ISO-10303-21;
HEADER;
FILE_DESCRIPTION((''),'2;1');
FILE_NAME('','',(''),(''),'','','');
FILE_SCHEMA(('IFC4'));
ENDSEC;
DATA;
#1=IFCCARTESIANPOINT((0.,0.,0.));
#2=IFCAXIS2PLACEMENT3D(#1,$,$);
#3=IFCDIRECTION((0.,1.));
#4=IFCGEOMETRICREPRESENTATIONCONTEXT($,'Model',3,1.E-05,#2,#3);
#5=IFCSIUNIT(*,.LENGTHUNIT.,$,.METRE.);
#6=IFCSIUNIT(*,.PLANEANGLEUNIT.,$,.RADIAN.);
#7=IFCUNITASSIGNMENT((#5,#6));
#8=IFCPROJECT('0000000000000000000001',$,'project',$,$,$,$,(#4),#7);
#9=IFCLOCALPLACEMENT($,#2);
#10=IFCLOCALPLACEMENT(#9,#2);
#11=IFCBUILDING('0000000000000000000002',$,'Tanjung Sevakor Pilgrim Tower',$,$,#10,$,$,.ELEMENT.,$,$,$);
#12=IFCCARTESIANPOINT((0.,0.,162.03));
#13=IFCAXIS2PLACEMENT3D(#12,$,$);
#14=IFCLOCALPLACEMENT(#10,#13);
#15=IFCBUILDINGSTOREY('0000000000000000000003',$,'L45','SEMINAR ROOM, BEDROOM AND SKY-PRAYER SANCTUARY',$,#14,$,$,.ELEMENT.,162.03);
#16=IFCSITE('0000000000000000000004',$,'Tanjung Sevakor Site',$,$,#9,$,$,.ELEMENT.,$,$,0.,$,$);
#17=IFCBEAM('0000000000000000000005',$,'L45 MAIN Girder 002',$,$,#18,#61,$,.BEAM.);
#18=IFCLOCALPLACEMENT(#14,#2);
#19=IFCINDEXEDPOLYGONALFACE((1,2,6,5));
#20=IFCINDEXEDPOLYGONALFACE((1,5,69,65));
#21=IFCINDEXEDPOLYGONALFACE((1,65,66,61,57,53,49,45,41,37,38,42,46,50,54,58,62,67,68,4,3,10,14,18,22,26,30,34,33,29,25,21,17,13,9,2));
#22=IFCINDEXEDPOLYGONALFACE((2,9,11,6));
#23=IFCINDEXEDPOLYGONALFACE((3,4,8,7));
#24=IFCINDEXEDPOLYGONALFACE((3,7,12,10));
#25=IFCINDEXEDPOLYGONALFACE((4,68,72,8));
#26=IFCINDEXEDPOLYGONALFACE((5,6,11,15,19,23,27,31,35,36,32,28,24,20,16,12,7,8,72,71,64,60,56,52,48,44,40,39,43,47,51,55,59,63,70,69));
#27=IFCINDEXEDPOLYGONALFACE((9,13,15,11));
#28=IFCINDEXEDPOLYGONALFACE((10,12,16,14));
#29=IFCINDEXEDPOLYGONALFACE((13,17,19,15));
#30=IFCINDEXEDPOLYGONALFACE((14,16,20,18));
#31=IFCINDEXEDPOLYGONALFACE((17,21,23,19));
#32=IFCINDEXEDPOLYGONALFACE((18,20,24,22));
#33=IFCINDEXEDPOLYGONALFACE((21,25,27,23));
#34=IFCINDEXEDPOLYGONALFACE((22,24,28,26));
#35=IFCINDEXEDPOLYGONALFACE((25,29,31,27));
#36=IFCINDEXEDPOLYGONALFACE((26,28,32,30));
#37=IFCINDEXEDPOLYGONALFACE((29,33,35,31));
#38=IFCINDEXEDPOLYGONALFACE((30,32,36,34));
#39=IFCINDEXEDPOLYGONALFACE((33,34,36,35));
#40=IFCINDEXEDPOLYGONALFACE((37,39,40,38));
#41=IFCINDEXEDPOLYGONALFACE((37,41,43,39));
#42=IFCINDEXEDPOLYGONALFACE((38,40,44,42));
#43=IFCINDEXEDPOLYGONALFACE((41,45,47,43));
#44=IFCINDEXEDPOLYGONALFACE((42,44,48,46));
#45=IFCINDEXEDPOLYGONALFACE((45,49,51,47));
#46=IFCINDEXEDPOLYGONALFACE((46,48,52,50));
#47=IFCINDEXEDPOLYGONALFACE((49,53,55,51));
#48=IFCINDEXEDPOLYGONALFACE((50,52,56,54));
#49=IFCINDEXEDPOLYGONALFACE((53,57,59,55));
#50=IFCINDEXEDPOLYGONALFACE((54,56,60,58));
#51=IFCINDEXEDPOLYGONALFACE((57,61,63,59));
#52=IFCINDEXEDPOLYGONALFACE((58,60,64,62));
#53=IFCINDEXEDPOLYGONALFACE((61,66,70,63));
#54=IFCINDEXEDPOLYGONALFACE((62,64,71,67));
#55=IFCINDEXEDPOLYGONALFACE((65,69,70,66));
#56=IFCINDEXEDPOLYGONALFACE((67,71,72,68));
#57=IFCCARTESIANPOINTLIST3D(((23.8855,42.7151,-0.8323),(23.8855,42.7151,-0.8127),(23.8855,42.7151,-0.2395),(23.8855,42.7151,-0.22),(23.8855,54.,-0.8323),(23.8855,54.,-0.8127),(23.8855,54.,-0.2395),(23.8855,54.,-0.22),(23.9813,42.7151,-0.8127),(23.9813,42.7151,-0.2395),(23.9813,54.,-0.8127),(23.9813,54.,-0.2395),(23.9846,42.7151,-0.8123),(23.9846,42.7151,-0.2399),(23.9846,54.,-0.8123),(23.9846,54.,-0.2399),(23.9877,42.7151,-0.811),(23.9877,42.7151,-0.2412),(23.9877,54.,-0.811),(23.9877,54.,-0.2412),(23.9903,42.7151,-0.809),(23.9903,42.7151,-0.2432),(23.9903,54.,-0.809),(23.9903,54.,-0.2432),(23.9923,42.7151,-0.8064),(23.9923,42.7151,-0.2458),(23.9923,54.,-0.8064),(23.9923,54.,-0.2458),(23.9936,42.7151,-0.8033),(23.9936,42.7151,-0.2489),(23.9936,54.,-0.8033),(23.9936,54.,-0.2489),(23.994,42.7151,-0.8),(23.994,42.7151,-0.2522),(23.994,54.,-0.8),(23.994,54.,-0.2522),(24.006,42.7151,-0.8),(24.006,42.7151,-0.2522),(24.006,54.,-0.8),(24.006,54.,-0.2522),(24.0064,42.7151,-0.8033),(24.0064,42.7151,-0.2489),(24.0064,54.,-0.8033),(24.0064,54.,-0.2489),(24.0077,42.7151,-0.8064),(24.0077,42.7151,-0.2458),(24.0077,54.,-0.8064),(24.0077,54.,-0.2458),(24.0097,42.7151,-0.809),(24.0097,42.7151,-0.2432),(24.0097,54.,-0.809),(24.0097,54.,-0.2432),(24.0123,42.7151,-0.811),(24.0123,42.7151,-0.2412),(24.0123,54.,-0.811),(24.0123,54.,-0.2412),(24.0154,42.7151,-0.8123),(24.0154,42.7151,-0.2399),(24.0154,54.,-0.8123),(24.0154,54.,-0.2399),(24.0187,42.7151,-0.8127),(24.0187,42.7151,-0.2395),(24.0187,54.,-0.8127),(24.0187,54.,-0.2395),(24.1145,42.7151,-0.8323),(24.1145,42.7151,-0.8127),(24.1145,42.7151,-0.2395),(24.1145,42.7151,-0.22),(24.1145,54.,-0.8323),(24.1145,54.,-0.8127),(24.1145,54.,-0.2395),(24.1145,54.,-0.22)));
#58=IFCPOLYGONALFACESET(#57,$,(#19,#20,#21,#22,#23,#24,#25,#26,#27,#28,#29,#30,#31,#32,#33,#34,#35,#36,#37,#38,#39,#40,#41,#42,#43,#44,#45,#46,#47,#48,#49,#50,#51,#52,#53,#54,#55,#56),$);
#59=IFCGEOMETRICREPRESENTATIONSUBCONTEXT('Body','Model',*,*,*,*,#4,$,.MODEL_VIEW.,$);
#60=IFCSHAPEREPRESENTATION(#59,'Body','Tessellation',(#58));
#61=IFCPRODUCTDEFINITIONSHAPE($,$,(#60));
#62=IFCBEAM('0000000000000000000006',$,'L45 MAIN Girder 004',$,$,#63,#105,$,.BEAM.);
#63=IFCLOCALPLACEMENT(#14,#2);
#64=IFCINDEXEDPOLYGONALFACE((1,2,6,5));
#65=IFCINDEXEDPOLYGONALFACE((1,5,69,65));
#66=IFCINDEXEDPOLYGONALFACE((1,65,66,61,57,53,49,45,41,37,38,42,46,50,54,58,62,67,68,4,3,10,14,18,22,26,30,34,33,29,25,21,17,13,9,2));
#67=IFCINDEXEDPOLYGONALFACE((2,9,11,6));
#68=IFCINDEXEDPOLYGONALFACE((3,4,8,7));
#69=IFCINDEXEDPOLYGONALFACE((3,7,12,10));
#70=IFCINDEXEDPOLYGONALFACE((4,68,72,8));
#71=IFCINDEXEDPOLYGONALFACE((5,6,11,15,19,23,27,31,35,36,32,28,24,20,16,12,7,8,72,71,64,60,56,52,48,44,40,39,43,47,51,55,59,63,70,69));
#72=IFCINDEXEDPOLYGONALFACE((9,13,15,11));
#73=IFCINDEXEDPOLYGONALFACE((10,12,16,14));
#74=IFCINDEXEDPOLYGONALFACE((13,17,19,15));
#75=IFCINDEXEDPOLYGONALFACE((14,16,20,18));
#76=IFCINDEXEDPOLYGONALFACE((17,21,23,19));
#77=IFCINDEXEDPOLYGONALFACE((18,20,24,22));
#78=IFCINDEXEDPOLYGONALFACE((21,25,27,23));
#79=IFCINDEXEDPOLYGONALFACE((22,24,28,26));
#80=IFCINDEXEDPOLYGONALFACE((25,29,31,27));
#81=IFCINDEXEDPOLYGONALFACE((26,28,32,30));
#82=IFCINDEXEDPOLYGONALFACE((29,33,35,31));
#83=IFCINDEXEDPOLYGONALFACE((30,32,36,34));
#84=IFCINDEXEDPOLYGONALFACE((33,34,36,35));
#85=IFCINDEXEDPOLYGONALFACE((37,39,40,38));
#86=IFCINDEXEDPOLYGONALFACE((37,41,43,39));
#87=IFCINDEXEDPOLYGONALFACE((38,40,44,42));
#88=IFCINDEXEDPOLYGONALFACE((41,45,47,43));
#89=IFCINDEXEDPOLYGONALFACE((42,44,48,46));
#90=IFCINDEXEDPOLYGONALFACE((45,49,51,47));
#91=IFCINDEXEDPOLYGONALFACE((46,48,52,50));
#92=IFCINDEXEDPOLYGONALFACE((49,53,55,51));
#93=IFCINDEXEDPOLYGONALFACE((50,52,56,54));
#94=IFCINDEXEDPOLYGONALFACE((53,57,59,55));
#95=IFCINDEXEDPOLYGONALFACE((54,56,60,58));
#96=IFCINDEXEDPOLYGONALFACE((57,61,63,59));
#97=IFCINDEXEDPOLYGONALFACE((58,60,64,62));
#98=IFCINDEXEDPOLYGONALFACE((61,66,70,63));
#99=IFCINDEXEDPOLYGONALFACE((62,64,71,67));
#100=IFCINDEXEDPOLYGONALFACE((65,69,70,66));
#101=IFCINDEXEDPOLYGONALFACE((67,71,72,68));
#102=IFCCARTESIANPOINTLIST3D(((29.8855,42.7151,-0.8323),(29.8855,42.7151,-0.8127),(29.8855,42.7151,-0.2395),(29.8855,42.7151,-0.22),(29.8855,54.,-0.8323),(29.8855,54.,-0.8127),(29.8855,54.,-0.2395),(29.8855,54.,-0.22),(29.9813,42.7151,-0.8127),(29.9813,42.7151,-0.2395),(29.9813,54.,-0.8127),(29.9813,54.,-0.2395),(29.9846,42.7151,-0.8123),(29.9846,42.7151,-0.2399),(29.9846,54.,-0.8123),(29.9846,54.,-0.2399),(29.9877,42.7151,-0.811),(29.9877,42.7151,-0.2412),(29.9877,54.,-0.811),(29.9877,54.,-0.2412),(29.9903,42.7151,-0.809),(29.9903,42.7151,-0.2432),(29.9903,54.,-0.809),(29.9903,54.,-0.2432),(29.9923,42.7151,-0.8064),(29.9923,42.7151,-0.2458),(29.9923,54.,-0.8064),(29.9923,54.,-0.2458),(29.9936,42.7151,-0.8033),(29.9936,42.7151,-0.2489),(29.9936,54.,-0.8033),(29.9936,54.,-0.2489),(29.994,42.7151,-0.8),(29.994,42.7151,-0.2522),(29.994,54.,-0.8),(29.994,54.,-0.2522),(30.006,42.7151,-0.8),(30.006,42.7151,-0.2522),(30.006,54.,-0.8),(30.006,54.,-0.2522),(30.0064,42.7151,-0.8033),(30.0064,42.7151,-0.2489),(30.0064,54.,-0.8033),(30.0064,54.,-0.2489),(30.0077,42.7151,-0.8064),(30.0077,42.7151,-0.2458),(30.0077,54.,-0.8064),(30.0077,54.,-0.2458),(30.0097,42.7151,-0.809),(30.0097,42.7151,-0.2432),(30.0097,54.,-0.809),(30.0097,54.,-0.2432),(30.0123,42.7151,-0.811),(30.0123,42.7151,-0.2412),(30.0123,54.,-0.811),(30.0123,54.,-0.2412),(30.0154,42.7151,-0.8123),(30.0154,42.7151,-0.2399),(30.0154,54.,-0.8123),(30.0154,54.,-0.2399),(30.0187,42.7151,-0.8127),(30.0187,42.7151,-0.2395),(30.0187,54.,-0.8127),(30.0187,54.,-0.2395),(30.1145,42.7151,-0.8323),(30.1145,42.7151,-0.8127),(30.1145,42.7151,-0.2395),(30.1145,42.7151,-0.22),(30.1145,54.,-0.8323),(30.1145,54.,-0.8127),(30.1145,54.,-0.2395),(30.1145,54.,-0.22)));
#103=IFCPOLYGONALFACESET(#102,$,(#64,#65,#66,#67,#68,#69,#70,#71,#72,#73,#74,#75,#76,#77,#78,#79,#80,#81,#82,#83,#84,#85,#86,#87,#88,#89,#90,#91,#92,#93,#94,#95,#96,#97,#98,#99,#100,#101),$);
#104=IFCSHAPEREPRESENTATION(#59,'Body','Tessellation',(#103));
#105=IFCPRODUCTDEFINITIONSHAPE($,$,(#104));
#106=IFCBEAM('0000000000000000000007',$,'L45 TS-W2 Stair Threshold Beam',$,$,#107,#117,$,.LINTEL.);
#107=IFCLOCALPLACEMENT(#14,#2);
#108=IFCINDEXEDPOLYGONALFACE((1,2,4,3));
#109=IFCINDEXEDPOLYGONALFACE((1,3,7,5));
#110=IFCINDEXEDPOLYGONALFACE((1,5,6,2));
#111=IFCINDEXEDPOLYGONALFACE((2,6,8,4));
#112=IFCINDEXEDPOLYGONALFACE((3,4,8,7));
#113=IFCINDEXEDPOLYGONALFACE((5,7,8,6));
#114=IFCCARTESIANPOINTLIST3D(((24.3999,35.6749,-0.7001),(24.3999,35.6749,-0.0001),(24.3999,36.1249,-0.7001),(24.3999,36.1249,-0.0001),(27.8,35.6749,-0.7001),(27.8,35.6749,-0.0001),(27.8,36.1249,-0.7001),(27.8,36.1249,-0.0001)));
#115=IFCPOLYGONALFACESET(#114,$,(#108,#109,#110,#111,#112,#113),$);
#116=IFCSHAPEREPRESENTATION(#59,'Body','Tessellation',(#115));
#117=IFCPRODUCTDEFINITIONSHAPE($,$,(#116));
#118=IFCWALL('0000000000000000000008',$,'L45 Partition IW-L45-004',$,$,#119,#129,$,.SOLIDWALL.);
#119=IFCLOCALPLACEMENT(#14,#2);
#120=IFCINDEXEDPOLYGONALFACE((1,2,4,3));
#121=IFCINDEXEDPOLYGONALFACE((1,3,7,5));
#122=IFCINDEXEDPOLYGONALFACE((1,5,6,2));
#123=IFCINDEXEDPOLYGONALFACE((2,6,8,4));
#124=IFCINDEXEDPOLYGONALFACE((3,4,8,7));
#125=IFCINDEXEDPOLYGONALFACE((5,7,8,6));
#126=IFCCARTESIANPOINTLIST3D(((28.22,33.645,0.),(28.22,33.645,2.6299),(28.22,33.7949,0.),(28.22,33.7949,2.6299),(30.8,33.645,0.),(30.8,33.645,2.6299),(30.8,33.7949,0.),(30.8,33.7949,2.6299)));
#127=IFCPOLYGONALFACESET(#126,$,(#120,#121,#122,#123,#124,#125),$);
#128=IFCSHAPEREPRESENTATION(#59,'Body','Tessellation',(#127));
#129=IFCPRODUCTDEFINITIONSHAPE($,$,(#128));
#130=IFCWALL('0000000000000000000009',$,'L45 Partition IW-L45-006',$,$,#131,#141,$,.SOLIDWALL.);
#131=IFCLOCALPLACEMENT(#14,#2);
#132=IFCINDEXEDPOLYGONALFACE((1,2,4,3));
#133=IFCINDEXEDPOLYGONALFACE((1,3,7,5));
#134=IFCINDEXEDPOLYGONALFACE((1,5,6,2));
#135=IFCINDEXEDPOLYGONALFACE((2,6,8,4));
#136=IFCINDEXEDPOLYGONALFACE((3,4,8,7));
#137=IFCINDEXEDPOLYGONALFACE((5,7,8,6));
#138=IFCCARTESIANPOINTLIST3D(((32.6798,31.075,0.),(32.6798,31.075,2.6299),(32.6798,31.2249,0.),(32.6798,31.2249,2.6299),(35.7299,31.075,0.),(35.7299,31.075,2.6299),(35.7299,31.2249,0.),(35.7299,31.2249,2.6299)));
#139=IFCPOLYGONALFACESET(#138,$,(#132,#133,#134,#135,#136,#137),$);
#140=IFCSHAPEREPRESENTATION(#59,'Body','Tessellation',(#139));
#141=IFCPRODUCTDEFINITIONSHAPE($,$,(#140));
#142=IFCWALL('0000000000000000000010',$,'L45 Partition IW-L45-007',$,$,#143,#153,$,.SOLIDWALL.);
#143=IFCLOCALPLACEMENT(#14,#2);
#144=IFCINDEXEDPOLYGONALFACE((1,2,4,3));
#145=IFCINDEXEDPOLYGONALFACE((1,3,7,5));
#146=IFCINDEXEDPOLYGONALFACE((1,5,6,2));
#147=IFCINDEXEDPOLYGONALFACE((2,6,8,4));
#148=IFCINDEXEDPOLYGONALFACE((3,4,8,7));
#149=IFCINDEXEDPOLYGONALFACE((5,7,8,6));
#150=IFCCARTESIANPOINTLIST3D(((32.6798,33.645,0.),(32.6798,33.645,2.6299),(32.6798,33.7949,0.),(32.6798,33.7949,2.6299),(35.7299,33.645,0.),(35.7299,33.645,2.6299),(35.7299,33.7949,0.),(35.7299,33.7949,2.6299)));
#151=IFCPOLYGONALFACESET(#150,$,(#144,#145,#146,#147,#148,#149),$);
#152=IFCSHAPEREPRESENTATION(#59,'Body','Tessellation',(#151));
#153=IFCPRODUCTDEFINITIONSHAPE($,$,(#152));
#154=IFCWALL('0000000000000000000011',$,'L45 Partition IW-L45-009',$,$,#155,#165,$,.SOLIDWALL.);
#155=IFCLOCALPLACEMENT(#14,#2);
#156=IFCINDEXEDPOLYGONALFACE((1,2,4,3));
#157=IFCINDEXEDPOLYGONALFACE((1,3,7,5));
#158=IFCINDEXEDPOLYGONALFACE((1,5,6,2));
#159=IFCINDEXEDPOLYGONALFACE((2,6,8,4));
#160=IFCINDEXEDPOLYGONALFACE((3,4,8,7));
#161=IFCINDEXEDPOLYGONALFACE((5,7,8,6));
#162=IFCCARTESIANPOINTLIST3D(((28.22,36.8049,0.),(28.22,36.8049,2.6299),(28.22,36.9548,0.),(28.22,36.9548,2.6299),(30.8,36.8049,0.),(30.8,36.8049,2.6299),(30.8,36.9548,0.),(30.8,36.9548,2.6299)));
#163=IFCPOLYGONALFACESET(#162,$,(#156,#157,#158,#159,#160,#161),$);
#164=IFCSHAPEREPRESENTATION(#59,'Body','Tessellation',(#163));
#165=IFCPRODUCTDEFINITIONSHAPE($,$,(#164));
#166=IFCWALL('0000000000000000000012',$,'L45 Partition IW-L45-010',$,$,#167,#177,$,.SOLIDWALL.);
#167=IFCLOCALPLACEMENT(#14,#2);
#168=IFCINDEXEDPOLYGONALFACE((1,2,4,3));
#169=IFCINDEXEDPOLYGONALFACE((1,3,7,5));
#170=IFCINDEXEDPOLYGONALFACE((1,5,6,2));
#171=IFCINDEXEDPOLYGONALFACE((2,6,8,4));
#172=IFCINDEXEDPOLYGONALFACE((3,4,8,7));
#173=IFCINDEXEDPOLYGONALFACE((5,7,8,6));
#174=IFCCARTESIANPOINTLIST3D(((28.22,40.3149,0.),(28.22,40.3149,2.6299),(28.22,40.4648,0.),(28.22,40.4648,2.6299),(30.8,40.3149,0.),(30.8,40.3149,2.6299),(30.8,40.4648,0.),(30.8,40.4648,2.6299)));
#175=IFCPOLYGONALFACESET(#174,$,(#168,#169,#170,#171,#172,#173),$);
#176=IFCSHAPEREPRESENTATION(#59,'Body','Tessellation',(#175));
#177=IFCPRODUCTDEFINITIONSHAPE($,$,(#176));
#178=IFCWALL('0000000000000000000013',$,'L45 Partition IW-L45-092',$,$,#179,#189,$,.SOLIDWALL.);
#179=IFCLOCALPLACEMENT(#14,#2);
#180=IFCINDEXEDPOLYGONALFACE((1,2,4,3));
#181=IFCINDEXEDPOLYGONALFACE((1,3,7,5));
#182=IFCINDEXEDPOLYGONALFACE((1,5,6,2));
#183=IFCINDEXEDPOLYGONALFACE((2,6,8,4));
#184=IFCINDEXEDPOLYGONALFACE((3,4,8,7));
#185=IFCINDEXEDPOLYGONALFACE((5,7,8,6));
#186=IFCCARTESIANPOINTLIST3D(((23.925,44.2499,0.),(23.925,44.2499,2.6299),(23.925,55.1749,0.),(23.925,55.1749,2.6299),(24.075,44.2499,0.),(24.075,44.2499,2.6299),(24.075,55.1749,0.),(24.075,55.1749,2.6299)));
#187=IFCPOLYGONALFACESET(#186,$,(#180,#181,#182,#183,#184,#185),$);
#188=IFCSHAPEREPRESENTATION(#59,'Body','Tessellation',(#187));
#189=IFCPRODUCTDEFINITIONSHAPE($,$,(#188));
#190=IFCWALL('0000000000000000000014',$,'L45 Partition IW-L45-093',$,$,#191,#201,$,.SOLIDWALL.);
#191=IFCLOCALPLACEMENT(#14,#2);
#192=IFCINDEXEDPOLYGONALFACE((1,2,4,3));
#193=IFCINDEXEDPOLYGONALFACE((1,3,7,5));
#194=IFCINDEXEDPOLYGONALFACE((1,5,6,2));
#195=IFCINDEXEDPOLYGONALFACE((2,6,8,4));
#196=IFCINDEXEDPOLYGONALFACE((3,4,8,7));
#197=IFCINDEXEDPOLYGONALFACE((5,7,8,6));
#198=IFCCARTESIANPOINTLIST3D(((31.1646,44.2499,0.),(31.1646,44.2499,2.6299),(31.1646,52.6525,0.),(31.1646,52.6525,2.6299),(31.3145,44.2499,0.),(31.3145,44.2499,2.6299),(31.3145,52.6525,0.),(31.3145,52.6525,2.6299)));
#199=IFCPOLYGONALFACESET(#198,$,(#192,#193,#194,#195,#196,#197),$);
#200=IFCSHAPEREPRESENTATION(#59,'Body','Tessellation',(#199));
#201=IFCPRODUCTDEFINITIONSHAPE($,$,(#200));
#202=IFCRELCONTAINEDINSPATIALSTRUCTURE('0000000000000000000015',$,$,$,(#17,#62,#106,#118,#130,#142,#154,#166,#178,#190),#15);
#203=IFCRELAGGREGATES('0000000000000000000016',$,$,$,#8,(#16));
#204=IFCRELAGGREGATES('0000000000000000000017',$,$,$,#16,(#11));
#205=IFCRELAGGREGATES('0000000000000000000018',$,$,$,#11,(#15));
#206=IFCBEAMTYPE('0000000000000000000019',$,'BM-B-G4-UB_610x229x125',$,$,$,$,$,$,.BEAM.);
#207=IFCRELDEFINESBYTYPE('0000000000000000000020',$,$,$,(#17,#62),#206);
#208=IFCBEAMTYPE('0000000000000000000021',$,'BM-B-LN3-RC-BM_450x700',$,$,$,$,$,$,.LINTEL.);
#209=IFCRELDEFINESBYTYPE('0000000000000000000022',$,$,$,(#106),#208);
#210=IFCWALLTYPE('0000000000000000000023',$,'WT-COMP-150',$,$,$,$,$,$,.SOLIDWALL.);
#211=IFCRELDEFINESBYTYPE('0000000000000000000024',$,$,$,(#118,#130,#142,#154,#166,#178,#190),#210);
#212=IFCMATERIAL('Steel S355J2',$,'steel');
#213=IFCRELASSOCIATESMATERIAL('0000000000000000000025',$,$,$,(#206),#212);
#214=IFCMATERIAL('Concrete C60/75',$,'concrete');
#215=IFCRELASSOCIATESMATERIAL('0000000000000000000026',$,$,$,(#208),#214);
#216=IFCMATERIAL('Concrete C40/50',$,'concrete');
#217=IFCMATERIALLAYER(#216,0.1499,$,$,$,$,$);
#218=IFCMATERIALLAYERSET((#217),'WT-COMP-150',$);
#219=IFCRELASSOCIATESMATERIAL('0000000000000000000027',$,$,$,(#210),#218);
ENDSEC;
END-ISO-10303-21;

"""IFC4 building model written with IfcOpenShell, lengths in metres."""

from ifc_helpers import new_model, si_unit, direction, frame, frame_2d, origin, origin_2d, place, context, subcontext, project, spatial, rectangle, i_section, extrude, material, layer, layer_set, material_profile, profile_set, type_object, element, save


model = new_model("IFC4")

# Units and contexts
model_context = context("Model", 3, precision=1e-05, world=origin(), true_north=direction((0.0, 1.0)))
body_context = subcontext(model_context, "Body", "Model", "MODEL_VIEW")
ifc_project = project(units=[si_unit("LENGTHUNIT", "METRE"), si_unit("PLANEANGLEUNIT", "RADIAN")], contexts=[model_context])

# Site, building, storey
site_placement = place(None, origin())
site = spatial("IfcSite", under=ifc_project, at=site_placement, Name="Tanjung Sevakor Site", CompositionType="ELEMENT", RefElevation=0.0)
building_placement = place(site_placement, origin())
building = spatial("IfcBuilding", under=site, at=building_placement, Name="Tanjung Sevakor Pilgrim Tower", CompositionType="ELEMENT")
storey_placement = place(building_placement, frame((0.0, 0.0, 162.03)))
storey = spatial("IfcBuildingStorey", under=building, at=storey_placement, Name="L45", Description="SEMINAR ROOM, BEDROOM AND SKY-PRAYER SANCTUARY", CompositionType="ELEMENT", Elevation=162.03)

# Beams
ifc_material_1 = material(Name="Steel S355J2", Category="steel")
ifc_material_profile_1 = material_profile(ifc_material_1, i_section(OverallWidth=0.229, OverallDepth=0.6123, WebThickness=0.012, FlangeThickness=0.0195, FilletRadius=0.0127, at=origin_2d()))
ifc_profile_set_1 = profile_set([ifc_material_profile_1], Name="Steel S355J2")
beam_type_1 = type_object("IfcBeamType", Name="BM-B-G4-UB_610x229x125", PredefinedType="BEAM", material=ifc_profile_set_1)
for number, where, z_axis, x_axis, name in (
    (1, (24.0, 42.7151, -0.5261), (0.0, 1.0, 0.0), (-1.0, 0.0, 0.0), "L45 MAIN Girder 002"),
    (2, (30.0, 42.7151, -0.5261), (0.0, 1.0, 0.0), (-1.0, 0.0, 0.0), "L45 MAIN Girder 004"),
):
    element("IfcBeam", number, at=place(storey_placement, frame(where, z_axis=z_axis, x_axis=x_axis)), inside=storey, type_object=beam_type_1, Name=name, PredefinedType="BEAM", context=body_context, shape_type="SweptSolid", body=[
        extrude(i_section(OverallWidth=0.229, OverallDepth=0.6123, WebThickness=0.012, FlangeThickness=0.0195, FilletRadius=0.0127, at=origin_2d()), origin(), (0.0, 0.0, 1.0), 11.2849),
    ])
ifc_material_2 = material(Name="Concrete C60/75", Category="concrete")
ifc_material_profile_2 = material_profile(ifc_material_2, rectangle(XDim=0.45, YDim=0.7, at=origin_2d()))
ifc_profile_set_2 = profile_set([ifc_material_profile_2], Name="Concrete C60/75")
beam_type_2 = type_object("IfcBeamType", Name="BM-B-LN3-RC-BM_450x700", PredefinedType="LINTEL", material=ifc_profile_set_2)
beam_placement = place(storey_placement, frame((24.3999, 35.8999, -0.3501), z_axis=(1.0, 0.0, 0.0), x_axis=(0.0, 1.0, 0.0)))
element("IfcBeam", 3, at=beam_placement, inside=storey, type_object=beam_type_2, Name="L45 TS-W2 Stair Threshold Beam", PredefinedType="LINTEL", context=body_context, shape_type="SweptSolid", body=[
    extrude(rectangle(XDim=0.45, YDim=0.7, at=origin_2d()), origin(), (0.0, 0.0, 1.0), 3.4001),
])

# Walls
ifc_material_3 = material(Name="Concrete C40/50", Category="concrete")
ifc_layer_1 = layer(ifc_material_3, 0.1499)
ifc_layer_set_1 = layer_set([ifc_layer_1], Name="WT-COMP-150")
wall_type_1 = type_object("IfcWallType", Name="WT-COMP-150", PredefinedType="SOLIDWALL", material=ifc_layer_set_1)
wall_1_placement = place(storey_placement, frame((28.22, 33.72, 0.0), z_axis=(0.0, 0.0, 1.0), x_axis=(1.0, 0.0, 0.0)))
element("IfcWall", 4, at=wall_1_placement, inside=storey, type_object=wall_type_1, Name="L45 Partition IW-L45-004", PredefinedType="SOLIDWALL", context=body_context, shape_type="SweptSolid", body=[
    extrude(rectangle(XDim=2.5801, YDim=0.1499, at=frame_2d((1.29, 0.0))), origin(), (0.0, 0.0, 1.0), 2.6299),
])
for number, where, z_axis, x_axis, name in (
    (5, (32.6799, 31.1499, 0.0), (0.0, 0.0, 1.0), (1.0, 0.0, 0.0), "L45 Partition IW-L45-006"),
    (6, (32.6799, 33.72, 0.0), (0.0, 0.0, 1.0), (1.0, 0.0, 0.0), "L45 Partition IW-L45-007"),
):
    element("IfcWall", number, at=place(storey_placement, frame(where, z_axis=z_axis, x_axis=x_axis)), inside=storey, type_object=wall_type_1, Name=name, PredefinedType="SOLIDWALL", context=body_context, shape_type="SweptSolid", body=[
        extrude(rectangle(XDim=3.05, YDim=0.1499, at=frame_2d((1.5249, 0.0))), origin(), (0.0, 0.0, 1.0), 2.6299),
    ])
for number, where, z_axis, x_axis, name in (
    (7, (28.22, 36.8799, 0.0), (0.0, 0.0, 1.0), (1.0, 0.0, 0.0), "L45 Partition IW-L45-009"),
    (8, (28.22, 40.3899, 0.0), (0.0, 0.0, 1.0), (1.0, 0.0, 0.0), "L45 Partition IW-L45-010"),
):
    element("IfcWall", number, at=place(storey_placement, frame(where, z_axis=z_axis, x_axis=x_axis)), inside=storey, type_object=wall_type_1, Name=name, PredefinedType="SOLIDWALL", context=body_context, shape_type="SweptSolid", body=[
        extrude(rectangle(XDim=2.5801, YDim=0.1499, at=frame_2d((1.29, 0.0))), origin(), (0.0, 0.0, 1.0), 2.6299),
    ])

# Walls
wall_2_placement = place(storey_placement, frame((24.0, 44.25, 0.0), z_axis=(0.0, 0.0, 1.0), x_axis=(0.0, 1.0, 0.0)))
element("IfcWall", 9, at=wall_2_placement, inside=storey, type_object=wall_type_1, Name="L45 Partition IW-L45-092", PredefinedType="SOLIDWALL", context=body_context, shape_type="SweptSolid", body=[
    extrude(rectangle(XDim=10.925, YDim=0.1499, at=frame_2d((5.4624, 0.0))), origin(), (0.0, 0.0, 1.0), 2.6299),
])
wall_3_placement = place(storey_placement, frame((31.2395, 44.25, 0.0), z_axis=(0.0, 0.0, 1.0), x_axis=(0.0, 1.0, 0.0)))
element("IfcWall", 10, at=wall_3_placement, inside=storey, type_object=wall_type_1, Name="L45 Partition IW-L45-093", PredefinedType="SOLIDWALL", context=body_context, shape_type="SweptSolid", body=[
    extrude(rectangle(XDim=8.4026, YDim=0.1499, at=frame_2d((4.2012, 0.0))), origin(), (0.0, 0.0, 1.0), 2.6299),
])

save(model, "model.ifc")
